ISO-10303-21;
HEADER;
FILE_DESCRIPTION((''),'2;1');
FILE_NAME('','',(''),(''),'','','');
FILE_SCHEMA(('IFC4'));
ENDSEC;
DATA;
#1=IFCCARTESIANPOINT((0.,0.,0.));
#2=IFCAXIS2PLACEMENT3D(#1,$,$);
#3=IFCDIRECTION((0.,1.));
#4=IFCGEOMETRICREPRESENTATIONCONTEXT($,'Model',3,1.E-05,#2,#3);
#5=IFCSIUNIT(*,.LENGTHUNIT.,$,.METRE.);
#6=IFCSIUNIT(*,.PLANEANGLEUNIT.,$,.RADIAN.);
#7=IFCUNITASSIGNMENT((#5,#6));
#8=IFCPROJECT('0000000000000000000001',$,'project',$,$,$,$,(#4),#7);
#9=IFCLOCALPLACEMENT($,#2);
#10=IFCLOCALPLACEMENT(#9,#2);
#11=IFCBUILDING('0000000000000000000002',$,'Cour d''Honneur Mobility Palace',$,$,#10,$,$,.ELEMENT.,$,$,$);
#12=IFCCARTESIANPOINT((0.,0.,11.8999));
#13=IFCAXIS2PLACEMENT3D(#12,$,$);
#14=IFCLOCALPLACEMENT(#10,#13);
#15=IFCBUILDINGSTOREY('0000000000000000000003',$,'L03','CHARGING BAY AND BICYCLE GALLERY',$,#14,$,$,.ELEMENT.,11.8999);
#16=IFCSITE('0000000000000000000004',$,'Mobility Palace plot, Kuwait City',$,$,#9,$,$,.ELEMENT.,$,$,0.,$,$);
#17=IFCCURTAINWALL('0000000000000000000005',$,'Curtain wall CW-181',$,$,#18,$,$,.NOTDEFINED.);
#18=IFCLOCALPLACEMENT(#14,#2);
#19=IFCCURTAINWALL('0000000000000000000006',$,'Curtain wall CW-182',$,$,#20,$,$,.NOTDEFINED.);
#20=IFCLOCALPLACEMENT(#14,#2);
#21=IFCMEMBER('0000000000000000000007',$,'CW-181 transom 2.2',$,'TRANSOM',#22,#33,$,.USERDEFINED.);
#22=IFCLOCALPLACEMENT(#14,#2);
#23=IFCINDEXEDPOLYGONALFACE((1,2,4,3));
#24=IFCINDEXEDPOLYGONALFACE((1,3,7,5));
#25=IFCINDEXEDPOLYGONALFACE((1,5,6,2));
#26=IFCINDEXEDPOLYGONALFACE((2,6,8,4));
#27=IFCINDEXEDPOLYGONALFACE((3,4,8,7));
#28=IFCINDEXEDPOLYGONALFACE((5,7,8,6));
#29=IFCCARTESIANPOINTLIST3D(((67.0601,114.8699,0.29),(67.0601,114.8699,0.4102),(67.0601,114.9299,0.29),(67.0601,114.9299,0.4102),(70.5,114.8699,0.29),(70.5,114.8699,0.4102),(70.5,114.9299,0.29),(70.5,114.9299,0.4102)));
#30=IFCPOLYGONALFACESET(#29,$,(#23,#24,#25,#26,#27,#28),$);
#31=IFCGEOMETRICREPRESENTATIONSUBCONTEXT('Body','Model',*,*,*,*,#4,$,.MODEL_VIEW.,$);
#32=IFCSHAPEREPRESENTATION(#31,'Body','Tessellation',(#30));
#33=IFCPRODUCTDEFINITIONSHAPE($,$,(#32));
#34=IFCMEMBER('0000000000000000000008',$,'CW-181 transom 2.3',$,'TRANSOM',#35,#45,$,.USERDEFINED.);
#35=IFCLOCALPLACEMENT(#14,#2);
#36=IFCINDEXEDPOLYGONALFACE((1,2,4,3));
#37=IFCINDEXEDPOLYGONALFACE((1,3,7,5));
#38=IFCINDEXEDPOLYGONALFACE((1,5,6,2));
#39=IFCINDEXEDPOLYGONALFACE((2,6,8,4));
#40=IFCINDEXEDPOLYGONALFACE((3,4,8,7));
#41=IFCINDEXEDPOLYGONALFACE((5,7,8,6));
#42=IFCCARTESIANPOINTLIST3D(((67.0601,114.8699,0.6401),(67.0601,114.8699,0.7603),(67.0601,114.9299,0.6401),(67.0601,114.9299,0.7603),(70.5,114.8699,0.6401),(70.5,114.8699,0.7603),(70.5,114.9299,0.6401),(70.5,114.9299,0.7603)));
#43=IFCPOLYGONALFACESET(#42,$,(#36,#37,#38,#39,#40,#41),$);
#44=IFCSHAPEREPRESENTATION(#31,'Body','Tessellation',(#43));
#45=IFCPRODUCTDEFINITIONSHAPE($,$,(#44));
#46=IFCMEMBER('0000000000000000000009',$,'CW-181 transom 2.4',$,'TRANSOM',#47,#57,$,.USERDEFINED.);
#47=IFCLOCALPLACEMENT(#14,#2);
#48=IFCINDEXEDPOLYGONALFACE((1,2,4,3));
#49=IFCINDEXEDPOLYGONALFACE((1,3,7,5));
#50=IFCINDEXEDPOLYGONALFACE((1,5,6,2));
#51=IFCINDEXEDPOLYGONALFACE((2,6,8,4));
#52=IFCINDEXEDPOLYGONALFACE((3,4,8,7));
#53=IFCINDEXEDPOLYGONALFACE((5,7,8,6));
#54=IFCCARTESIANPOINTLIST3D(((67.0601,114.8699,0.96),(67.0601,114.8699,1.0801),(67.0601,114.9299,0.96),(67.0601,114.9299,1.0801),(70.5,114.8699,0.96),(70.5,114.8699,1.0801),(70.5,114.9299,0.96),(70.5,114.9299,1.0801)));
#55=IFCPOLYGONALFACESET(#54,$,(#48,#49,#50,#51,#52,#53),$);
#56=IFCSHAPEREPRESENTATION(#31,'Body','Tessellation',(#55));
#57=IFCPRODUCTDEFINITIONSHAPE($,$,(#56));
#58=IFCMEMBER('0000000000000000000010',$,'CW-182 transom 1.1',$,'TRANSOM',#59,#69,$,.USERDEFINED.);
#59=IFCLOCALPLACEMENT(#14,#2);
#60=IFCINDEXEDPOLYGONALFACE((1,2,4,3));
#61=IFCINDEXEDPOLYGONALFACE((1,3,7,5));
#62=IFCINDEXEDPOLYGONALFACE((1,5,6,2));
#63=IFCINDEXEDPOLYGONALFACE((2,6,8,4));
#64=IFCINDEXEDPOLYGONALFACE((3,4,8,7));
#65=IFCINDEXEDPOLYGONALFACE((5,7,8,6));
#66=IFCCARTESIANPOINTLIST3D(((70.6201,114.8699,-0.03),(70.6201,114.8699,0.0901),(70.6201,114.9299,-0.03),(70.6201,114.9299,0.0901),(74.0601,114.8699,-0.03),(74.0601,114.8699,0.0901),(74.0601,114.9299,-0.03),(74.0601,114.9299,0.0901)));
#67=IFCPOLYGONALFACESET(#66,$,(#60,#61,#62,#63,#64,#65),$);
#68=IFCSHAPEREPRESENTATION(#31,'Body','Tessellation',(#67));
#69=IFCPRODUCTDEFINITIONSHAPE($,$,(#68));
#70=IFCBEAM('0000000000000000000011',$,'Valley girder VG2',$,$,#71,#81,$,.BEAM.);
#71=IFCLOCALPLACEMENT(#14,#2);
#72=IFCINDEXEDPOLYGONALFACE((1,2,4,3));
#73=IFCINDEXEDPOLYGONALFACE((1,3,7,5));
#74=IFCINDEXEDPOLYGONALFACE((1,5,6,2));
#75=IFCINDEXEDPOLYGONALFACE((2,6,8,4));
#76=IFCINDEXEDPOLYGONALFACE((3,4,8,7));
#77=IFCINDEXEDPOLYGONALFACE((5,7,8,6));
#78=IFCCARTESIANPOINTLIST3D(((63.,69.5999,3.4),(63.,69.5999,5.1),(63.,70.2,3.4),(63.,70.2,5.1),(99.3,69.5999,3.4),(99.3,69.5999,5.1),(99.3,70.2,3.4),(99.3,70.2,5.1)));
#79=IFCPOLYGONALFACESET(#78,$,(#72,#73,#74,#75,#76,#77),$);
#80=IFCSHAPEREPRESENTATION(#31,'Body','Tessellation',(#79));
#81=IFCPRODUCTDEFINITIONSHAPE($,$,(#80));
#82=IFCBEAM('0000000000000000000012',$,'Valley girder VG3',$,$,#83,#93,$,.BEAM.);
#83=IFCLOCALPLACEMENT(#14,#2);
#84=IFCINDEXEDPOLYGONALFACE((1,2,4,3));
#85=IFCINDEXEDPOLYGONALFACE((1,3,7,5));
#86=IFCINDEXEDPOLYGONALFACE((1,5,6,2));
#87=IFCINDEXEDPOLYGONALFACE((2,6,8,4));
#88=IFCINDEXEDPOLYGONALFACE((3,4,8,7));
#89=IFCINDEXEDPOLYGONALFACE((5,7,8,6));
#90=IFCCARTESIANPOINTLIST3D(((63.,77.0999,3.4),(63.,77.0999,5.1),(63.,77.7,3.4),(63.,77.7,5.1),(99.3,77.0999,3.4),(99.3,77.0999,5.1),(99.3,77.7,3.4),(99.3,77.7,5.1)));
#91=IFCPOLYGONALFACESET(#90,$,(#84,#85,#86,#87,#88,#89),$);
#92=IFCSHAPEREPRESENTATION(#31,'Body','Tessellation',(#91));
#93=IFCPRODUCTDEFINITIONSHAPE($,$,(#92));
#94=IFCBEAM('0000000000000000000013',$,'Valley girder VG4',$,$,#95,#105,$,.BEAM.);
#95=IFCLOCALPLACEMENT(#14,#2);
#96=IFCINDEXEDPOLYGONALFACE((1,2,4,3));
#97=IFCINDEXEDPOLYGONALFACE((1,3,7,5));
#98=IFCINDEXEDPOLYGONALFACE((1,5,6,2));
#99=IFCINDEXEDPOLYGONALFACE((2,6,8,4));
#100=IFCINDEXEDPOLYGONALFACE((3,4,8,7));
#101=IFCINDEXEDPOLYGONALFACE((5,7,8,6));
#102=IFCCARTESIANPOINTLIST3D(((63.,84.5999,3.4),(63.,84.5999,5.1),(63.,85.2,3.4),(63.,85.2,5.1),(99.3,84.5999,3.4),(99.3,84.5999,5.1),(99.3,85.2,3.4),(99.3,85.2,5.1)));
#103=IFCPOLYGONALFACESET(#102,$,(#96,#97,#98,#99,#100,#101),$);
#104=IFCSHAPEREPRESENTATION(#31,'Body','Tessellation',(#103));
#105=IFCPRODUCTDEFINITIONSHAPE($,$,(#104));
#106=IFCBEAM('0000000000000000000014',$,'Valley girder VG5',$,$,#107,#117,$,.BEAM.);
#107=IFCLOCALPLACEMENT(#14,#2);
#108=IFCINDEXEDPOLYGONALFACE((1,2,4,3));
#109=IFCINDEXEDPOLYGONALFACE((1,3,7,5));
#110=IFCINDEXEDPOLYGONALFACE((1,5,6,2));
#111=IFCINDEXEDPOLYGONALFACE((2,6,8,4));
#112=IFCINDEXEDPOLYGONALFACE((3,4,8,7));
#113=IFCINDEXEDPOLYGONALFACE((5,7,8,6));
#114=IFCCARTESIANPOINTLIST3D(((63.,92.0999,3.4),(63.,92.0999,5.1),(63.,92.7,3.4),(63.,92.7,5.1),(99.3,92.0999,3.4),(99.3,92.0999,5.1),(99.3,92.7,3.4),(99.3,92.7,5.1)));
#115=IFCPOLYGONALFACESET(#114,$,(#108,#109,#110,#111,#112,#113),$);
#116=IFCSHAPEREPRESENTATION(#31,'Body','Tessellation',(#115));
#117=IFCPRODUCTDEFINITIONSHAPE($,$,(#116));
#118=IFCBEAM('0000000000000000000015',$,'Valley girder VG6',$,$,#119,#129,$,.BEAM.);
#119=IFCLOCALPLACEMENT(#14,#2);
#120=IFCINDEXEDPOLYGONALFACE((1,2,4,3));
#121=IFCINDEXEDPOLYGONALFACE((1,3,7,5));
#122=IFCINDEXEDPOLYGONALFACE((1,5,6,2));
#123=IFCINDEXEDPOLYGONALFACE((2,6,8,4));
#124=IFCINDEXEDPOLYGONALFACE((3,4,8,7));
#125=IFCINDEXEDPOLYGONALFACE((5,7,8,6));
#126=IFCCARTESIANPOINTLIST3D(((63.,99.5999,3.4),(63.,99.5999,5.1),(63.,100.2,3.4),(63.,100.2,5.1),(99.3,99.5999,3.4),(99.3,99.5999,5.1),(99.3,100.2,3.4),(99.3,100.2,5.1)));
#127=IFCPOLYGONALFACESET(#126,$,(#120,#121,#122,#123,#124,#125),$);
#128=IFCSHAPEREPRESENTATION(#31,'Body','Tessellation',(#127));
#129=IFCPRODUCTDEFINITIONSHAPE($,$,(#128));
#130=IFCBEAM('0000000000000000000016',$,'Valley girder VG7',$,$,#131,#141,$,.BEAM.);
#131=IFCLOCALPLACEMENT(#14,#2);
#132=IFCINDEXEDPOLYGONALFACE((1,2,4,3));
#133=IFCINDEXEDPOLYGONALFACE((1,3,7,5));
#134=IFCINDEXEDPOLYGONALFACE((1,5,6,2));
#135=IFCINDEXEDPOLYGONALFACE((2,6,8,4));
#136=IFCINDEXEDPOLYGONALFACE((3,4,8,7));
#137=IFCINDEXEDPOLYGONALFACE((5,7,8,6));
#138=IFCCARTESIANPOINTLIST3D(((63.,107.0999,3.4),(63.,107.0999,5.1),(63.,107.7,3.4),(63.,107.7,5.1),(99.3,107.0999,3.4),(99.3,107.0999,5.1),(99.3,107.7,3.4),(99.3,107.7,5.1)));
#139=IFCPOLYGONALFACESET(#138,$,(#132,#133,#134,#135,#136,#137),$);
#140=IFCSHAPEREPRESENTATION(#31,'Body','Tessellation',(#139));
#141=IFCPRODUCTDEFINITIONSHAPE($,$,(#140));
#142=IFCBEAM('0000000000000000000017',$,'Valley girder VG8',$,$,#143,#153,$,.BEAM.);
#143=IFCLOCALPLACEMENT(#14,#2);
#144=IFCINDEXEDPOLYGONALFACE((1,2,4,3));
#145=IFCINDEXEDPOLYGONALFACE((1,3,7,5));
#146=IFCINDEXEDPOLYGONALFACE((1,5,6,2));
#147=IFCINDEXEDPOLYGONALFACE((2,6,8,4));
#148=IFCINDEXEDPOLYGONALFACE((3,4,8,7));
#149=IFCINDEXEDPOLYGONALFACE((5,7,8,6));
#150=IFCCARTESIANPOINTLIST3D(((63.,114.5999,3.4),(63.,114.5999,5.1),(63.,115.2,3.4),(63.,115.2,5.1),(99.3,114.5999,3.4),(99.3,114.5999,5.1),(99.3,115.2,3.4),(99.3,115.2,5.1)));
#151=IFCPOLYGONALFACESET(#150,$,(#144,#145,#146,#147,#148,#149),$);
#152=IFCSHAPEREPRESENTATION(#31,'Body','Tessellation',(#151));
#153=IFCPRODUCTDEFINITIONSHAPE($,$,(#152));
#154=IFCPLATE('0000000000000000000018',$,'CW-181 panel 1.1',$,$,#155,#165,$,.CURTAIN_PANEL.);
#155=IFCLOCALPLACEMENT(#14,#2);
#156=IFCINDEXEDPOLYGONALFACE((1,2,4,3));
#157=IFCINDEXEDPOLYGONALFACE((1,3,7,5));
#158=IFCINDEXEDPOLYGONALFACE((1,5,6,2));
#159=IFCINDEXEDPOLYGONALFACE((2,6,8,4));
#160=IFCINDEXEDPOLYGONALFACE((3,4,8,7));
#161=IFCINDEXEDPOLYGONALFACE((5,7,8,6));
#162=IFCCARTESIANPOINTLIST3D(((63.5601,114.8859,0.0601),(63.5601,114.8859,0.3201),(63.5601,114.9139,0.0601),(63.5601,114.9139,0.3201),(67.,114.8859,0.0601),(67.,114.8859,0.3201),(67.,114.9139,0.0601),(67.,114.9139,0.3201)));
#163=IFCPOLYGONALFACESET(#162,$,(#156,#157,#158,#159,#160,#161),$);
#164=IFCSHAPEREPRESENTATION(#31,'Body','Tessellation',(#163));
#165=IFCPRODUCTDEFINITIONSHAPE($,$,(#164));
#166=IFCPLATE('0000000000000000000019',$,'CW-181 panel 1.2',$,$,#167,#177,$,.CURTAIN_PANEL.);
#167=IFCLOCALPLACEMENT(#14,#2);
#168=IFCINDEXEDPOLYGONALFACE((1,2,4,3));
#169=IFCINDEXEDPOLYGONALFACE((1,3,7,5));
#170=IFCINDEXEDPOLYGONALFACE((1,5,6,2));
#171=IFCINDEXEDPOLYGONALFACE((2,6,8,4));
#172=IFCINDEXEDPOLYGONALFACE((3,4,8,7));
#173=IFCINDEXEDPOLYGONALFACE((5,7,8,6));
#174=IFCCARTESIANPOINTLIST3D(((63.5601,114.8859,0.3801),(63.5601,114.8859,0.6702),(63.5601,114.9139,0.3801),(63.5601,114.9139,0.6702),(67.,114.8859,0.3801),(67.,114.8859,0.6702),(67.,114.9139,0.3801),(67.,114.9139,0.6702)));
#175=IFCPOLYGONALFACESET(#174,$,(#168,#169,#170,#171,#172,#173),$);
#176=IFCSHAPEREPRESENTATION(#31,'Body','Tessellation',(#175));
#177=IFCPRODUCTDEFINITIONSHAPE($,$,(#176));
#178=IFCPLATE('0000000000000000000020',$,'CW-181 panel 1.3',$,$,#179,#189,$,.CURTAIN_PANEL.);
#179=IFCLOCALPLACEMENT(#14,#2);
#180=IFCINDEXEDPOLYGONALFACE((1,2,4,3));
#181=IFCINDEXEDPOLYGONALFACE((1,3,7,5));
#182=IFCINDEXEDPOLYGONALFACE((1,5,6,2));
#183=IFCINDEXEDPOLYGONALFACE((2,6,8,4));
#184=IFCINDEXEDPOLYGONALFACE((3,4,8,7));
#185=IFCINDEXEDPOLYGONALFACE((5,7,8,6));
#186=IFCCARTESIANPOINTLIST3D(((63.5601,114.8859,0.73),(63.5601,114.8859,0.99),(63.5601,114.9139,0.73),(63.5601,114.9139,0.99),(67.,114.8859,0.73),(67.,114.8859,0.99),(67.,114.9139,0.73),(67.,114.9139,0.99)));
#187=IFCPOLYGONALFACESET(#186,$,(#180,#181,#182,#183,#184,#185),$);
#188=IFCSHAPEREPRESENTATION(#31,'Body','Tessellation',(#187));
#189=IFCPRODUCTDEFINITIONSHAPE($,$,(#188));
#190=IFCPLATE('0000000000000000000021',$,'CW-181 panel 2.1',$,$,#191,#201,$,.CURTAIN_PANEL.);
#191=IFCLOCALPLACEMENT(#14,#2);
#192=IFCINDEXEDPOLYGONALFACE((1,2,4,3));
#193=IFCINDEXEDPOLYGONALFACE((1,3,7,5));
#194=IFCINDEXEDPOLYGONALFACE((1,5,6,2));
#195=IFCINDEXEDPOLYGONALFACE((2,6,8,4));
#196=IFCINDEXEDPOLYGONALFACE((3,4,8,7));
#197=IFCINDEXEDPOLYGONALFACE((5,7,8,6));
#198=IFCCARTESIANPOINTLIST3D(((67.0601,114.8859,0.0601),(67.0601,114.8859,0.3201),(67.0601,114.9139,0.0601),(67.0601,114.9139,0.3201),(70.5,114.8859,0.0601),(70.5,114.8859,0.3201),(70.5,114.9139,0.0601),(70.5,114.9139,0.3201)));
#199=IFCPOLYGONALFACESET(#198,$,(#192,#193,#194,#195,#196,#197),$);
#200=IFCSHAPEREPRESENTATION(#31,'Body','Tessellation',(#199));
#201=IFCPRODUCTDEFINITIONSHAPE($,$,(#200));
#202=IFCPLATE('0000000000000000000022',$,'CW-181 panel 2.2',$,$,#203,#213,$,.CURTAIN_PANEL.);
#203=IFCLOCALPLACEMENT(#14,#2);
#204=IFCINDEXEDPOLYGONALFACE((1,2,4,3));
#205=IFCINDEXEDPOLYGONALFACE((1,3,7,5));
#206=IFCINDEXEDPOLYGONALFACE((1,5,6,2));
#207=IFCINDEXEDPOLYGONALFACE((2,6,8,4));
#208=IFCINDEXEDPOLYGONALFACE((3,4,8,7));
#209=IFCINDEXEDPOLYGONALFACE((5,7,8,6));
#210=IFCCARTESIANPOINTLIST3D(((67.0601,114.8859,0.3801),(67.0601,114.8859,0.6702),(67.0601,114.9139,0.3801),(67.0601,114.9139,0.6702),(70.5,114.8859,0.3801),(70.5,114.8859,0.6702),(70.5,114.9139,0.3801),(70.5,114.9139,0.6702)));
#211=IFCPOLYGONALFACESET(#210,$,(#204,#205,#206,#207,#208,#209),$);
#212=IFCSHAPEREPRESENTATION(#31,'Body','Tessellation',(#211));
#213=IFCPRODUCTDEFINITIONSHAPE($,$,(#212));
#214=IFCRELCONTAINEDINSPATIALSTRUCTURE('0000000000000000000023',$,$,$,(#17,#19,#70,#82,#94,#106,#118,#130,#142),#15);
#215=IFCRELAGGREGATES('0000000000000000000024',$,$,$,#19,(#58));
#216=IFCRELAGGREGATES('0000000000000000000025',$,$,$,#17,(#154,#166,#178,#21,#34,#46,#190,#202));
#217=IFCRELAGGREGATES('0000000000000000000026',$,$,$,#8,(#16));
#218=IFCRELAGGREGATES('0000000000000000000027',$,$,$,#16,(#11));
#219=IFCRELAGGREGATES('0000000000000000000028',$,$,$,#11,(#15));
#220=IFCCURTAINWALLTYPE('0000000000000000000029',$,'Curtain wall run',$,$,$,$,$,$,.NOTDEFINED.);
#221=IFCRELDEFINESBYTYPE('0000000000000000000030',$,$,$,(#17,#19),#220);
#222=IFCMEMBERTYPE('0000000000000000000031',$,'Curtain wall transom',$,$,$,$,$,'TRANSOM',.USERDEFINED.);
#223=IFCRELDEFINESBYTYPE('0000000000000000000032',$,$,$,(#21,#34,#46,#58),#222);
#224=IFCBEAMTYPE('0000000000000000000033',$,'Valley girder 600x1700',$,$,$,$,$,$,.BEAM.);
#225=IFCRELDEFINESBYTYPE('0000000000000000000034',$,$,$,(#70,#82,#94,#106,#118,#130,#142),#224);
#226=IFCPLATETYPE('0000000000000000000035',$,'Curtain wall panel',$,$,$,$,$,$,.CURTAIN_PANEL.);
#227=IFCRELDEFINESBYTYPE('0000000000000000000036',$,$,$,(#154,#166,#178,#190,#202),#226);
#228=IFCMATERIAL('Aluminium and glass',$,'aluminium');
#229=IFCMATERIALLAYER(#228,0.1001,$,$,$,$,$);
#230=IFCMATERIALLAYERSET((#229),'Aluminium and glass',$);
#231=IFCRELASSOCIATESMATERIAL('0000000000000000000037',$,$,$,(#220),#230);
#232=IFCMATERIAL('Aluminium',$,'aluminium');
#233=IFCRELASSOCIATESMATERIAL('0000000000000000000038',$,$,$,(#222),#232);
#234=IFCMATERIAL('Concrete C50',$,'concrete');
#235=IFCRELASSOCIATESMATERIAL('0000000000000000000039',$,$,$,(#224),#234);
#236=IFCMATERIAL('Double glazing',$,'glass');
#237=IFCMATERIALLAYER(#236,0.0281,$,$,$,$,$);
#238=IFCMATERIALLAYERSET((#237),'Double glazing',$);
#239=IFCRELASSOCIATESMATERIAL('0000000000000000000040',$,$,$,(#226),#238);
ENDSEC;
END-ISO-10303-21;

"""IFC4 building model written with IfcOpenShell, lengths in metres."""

from ifc_helpers import new_model, si_unit, direction, frame, origin, origin_2d, place, context, subcontext, project, spatial, rectangle, extrude, material, layer, layer_set, material_profile, profile_set, type_object, element, aggregate, save


model = new_model("IFC4")

# Units and contexts
model_context = context("Model", 3, precision=1e-05, world=origin(), true_north=direction((0.0, 1.0)))
body_context = subcontext(model_context, "Body", "Model", "MODEL_VIEW")
ifc_project = project(units=[si_unit("LENGTHUNIT", "METRE"), si_unit("PLANEANGLEUNIT", "RADIAN")], contexts=[model_context])

# Site, building, storey
site_placement = place(None, origin())
site = spatial("IfcSite", under=ifc_project, at=site_placement, Name="Mobility Palace plot, Kuwait City", CompositionType="ELEMENT", RefElevation=0.0)
building_placement = place(site_placement, origin())
building = spatial("IfcBuilding", under=site, at=building_placement, Name="Cour d'Honneur Mobility Palace", CompositionType="ELEMENT")
storey_placement = place(building_placement, frame((0.0, 0.0, 11.8999)))
storey = spatial("IfcBuildingStorey", under=building, at=storey_placement, Name="L03", Description="CHARGING BAY AND BICYCLE GALLERY", CompositionType="ELEMENT", Elevation=11.8999)

# Curtain wall
ifc_material_1 = material(Name="Aluminium and glass", Category="aluminium")
ifc_layer_1 = layer(ifc_material_1, 0.1001)
ifc_layer_set_1 = layer_set([ifc_layer_1], Name="Aluminium and glass")
curtain_wall_type = type_object("IfcCurtainWallType", Name="Curtain wall run", PredefinedType="NOTDEFINED", material=ifc_layer_set_1)
curtain_wall_1_placement = place(storey_placement, origin())
curtain_wall_1 = element("IfcCurtainWall", 1, at=curtain_wall_1_placement, inside=storey, type_object=curtain_wall_type, Name="Curtain wall CW-181", PredefinedType="NOTDEFINED")

# Curtain wall
curtain_wall_2_placement = place(storey_placement, origin())
curtain_wall_2 = element("IfcCurtainWall", 2, at=curtain_wall_2_placement, inside=storey, type_object=curtain_wall_type, Name="Curtain wall CW-182", PredefinedType="NOTDEFINED")

# Members
ifc_material_2 = material(Name="Aluminium", Category="aluminium")
ifc_material_profile_1 = material_profile(ifc_material_2, rectangle(XDim=0.0601, YDim=0.1201, at=origin_2d()), Name="Curtain wall transom")
ifc_profile_set_1 = profile_set([ifc_material_profile_1], Name="Aluminium")
member_type_1 = type_object("IfcMemberType", Name="Curtain wall transom", ElementType="TRANSOM", PredefinedType="USERDEFINED", material=ifc_profile_set_1)
member_1_placement = place(storey_placement, frame((67.0601, 114.8999, 0.3501), z_axis=(1.0, 0.0, 0.0), x_axis=(0.0, 1.0, 0.0)))
member_1 = element("IfcMember", 3, at=member_1_placement, type_object=member_type_1, Name="CW-181 transom 2.2", ObjectType="TRANSOM", PredefinedType="USERDEFINED", context=body_context, shape_type="SweptSolid", body=[
    extrude(rectangle(XDim=0.0601, YDim=0.1201, at=origin_2d()), origin(), (0.0, 0.0, 1.0), 3.4399),
])
member_2_placement = place(storey_placement, frame((67.0601, 114.8999, 0.7002), z_axis=(1.0, 0.0, 0.0), x_axis=(0.0, 1.0, 0.0)))
member_2 = element("IfcMember", 4, at=member_2_placement, type_object=member_type_1, Name="CW-181 transom 2.3", ObjectType="TRANSOM", PredefinedType="USERDEFINED", context=body_context, shape_type="SweptSolid", body=[
    extrude(rectangle(XDim=0.0601, YDim=0.1201, at=origin_2d()), origin(), (0.0, 0.0, 1.0), 3.4399),
])
member_3_placement = place(storey_placement, frame((67.0601, 114.8999, 1.02), z_axis=(1.0, 0.0, 0.0), x_axis=(0.0, 1.0, 0.0)))
member_3 = element("IfcMember", 5, at=member_3_placement, type_object=member_type_1, Name="CW-181 transom 2.4", ObjectType="TRANSOM", PredefinedType="USERDEFINED", context=body_context, shape_type="SweptSolid", body=[
    extrude(rectangle(XDim=0.0601, YDim=0.1201, at=origin_2d()), origin(), (0.0, 0.0, 1.0), 3.4399),
])
member_4_placement = place(storey_placement, frame((70.6201, 114.8999, 0.03), z_axis=(1.0, 0.0, 0.0), x_axis=(0.0, 1.0, 0.0)))
member_4 = element("IfcMember", 6, at=member_4_placement, type_object=member_type_1, Name="CW-182 transom 1.1", ObjectType="TRANSOM", PredefinedType="USERDEFINED", context=body_context, shape_type="SweptSolid", body=[
    extrude(rectangle(XDim=0.0601, YDim=0.1201, at=origin_2d()), origin(), (0.0, 0.0, 1.0), 3.4399),
])
aggregate(curtain_wall_2, [member_4])

# Beams
ifc_material_3 = material(Name="Concrete C50", Category="concrete")
ifc_material_profile_2 = material_profile(ifc_material_3, rectangle(XDim=0.6001, YDim=1.7, at=origin_2d()), Name="Valley girder 600x1700")
ifc_profile_set_2 = profile_set([ifc_material_profile_2], Name="Concrete C50")
beam_type = type_object("IfcBeamType", Name="Valley girder 600x1700", PredefinedType="BEAM", material=ifc_profile_set_2)
for number, where, z_axis, x_axis, name in (
    (7, (63.0, 69.8999, 4.25), (1.0, 0.0, 0.0), (0.0, 1.0, 0.0), "Valley girder VG2"),
    (8, (63.0, 77.3999, 4.25), (1.0, 0.0, 0.0), (0.0, 1.0, 0.0), "Valley girder VG3"),
    (9, (63.0, 84.8999, 4.25), (1.0, 0.0, 0.0), (0.0, 1.0, 0.0), "Valley girder VG4"),
    (10, (63.0, 92.3999, 4.25), (1.0, 0.0, 0.0), (0.0, 1.0, 0.0), "Valley girder VG5"),
    (11, (63.0, 99.8999, 4.25), (1.0, 0.0, 0.0), (0.0, 1.0, 0.0), "Valley girder VG6"),
    (12, (63.0, 107.3999, 4.25), (1.0, 0.0, 0.0), (0.0, 1.0, 0.0), "Valley girder VG7"),
    (13, (63.0, 114.8999, 4.25), (1.0, 0.0, 0.0), (0.0, 1.0, 0.0), "Valley girder VG8"),
):
    element("IfcBeam", number, at=place(storey_placement, frame(where, z_axis=z_axis, x_axis=x_axis)), inside=storey, type_object=beam_type, Name=name, PredefinedType="BEAM", context=body_context, shape_type="SweptSolid", body=[
        extrude(rectangle(XDim=0.6001, YDim=1.7, at=origin_2d()), origin(), (0.0, 0.0, 1.0), 36.3),
    ])

# Plates
ifc_material_4 = material(Name="Double glazing", Category="glass")
ifc_layer_2 = layer(ifc_material_4, 0.0281)
ifc_layer_set_2 = layer_set([ifc_layer_2], Name="Double glazing")
plate_type = type_object("IfcPlateType", Name="Curtain wall panel", PredefinedType="CURTAIN_PANEL", material=ifc_layer_set_2)
plate_1_placement = place(storey_placement, frame((65.28, 114.8999, 0.0601), z_axis=(0.0, 0.0, 1.0), x_axis=(1.0, 0.0, 0.0)))
plate_1 = element("IfcPlate", 14, at=plate_1_placement, type_object=plate_type, Name="CW-181 panel 1.1", PredefinedType="CURTAIN_PANEL", context=body_context, shape_type="SweptSolid", body=[
    extrude(rectangle(XDim=3.4399, YDim=0.0281, at=origin_2d()), origin(), (0.0, 0.0, 1.0), 0.26),
])
plate_2_placement = place(storey_placement, frame((65.28, 114.8999, 0.3801), z_axis=(0.0, 0.0, 1.0), x_axis=(1.0, 0.0, 0.0)))
plate_2 = element("IfcPlate", 15, at=plate_2_placement, type_object=plate_type, Name="CW-181 panel 1.2", PredefinedType="CURTAIN_PANEL", context=body_context, shape_type="SweptSolid", body=[
    extrude(rectangle(XDim=3.4399, YDim=0.0281, at=origin_2d()), origin(), (0.0, 0.0, 1.0), 0.29),
])
plate_3_placement = place(storey_placement, frame((65.28, 114.8999, 0.73), z_axis=(0.0, 0.0, 1.0), x_axis=(1.0, 0.0, 0.0)))
plate_3 = element("IfcPlate", 16, at=plate_3_placement, type_object=plate_type, Name="CW-181 panel 1.3", PredefinedType="CURTAIN_PANEL", context=body_context, shape_type="SweptSolid", body=[
    extrude(rectangle(XDim=3.4399, YDim=0.0281, at=origin_2d()), origin(), (0.0, 0.0, 1.0), 0.26),
])
plate_4_placement = place(storey_placement, frame((68.78, 114.8999, 0.0601), z_axis=(0.0, 0.0, 1.0), x_axis=(1.0, 0.0, 0.0)))
plate_4 = element("IfcPlate", 17, at=plate_4_placement, type_object=plate_type, Name="CW-181 panel 2.1", PredefinedType="CURTAIN_PANEL", context=body_context, shape_type="SweptSolid", body=[
    extrude(rectangle(XDim=3.4399, YDim=0.0281, at=origin_2d()), origin(), (0.0, 0.0, 1.0), 0.26),
])
plate_5_placement = place(storey_placement, frame((68.78, 114.8999, 0.3801), z_axis=(0.0, 0.0, 1.0), x_axis=(1.0, 0.0, 0.0)))
plate_5 = element("IfcPlate", 18, at=plate_5_placement, type_object=plate_type, Name="CW-181 panel 2.2", PredefinedType="CURTAIN_PANEL", context=body_context, shape_type="SweptSolid", body=[
    extrude(rectangle(XDim=3.4399, YDim=0.0281, at=origin_2d()), origin(), (0.0, 0.0, 1.0), 0.29),
])
aggregate(curtain_wall_1, [plate_1, plate_2, plate_3, member_1, member_2, member_3, plate_4, plate_5])

save(model, "model.ifc")
